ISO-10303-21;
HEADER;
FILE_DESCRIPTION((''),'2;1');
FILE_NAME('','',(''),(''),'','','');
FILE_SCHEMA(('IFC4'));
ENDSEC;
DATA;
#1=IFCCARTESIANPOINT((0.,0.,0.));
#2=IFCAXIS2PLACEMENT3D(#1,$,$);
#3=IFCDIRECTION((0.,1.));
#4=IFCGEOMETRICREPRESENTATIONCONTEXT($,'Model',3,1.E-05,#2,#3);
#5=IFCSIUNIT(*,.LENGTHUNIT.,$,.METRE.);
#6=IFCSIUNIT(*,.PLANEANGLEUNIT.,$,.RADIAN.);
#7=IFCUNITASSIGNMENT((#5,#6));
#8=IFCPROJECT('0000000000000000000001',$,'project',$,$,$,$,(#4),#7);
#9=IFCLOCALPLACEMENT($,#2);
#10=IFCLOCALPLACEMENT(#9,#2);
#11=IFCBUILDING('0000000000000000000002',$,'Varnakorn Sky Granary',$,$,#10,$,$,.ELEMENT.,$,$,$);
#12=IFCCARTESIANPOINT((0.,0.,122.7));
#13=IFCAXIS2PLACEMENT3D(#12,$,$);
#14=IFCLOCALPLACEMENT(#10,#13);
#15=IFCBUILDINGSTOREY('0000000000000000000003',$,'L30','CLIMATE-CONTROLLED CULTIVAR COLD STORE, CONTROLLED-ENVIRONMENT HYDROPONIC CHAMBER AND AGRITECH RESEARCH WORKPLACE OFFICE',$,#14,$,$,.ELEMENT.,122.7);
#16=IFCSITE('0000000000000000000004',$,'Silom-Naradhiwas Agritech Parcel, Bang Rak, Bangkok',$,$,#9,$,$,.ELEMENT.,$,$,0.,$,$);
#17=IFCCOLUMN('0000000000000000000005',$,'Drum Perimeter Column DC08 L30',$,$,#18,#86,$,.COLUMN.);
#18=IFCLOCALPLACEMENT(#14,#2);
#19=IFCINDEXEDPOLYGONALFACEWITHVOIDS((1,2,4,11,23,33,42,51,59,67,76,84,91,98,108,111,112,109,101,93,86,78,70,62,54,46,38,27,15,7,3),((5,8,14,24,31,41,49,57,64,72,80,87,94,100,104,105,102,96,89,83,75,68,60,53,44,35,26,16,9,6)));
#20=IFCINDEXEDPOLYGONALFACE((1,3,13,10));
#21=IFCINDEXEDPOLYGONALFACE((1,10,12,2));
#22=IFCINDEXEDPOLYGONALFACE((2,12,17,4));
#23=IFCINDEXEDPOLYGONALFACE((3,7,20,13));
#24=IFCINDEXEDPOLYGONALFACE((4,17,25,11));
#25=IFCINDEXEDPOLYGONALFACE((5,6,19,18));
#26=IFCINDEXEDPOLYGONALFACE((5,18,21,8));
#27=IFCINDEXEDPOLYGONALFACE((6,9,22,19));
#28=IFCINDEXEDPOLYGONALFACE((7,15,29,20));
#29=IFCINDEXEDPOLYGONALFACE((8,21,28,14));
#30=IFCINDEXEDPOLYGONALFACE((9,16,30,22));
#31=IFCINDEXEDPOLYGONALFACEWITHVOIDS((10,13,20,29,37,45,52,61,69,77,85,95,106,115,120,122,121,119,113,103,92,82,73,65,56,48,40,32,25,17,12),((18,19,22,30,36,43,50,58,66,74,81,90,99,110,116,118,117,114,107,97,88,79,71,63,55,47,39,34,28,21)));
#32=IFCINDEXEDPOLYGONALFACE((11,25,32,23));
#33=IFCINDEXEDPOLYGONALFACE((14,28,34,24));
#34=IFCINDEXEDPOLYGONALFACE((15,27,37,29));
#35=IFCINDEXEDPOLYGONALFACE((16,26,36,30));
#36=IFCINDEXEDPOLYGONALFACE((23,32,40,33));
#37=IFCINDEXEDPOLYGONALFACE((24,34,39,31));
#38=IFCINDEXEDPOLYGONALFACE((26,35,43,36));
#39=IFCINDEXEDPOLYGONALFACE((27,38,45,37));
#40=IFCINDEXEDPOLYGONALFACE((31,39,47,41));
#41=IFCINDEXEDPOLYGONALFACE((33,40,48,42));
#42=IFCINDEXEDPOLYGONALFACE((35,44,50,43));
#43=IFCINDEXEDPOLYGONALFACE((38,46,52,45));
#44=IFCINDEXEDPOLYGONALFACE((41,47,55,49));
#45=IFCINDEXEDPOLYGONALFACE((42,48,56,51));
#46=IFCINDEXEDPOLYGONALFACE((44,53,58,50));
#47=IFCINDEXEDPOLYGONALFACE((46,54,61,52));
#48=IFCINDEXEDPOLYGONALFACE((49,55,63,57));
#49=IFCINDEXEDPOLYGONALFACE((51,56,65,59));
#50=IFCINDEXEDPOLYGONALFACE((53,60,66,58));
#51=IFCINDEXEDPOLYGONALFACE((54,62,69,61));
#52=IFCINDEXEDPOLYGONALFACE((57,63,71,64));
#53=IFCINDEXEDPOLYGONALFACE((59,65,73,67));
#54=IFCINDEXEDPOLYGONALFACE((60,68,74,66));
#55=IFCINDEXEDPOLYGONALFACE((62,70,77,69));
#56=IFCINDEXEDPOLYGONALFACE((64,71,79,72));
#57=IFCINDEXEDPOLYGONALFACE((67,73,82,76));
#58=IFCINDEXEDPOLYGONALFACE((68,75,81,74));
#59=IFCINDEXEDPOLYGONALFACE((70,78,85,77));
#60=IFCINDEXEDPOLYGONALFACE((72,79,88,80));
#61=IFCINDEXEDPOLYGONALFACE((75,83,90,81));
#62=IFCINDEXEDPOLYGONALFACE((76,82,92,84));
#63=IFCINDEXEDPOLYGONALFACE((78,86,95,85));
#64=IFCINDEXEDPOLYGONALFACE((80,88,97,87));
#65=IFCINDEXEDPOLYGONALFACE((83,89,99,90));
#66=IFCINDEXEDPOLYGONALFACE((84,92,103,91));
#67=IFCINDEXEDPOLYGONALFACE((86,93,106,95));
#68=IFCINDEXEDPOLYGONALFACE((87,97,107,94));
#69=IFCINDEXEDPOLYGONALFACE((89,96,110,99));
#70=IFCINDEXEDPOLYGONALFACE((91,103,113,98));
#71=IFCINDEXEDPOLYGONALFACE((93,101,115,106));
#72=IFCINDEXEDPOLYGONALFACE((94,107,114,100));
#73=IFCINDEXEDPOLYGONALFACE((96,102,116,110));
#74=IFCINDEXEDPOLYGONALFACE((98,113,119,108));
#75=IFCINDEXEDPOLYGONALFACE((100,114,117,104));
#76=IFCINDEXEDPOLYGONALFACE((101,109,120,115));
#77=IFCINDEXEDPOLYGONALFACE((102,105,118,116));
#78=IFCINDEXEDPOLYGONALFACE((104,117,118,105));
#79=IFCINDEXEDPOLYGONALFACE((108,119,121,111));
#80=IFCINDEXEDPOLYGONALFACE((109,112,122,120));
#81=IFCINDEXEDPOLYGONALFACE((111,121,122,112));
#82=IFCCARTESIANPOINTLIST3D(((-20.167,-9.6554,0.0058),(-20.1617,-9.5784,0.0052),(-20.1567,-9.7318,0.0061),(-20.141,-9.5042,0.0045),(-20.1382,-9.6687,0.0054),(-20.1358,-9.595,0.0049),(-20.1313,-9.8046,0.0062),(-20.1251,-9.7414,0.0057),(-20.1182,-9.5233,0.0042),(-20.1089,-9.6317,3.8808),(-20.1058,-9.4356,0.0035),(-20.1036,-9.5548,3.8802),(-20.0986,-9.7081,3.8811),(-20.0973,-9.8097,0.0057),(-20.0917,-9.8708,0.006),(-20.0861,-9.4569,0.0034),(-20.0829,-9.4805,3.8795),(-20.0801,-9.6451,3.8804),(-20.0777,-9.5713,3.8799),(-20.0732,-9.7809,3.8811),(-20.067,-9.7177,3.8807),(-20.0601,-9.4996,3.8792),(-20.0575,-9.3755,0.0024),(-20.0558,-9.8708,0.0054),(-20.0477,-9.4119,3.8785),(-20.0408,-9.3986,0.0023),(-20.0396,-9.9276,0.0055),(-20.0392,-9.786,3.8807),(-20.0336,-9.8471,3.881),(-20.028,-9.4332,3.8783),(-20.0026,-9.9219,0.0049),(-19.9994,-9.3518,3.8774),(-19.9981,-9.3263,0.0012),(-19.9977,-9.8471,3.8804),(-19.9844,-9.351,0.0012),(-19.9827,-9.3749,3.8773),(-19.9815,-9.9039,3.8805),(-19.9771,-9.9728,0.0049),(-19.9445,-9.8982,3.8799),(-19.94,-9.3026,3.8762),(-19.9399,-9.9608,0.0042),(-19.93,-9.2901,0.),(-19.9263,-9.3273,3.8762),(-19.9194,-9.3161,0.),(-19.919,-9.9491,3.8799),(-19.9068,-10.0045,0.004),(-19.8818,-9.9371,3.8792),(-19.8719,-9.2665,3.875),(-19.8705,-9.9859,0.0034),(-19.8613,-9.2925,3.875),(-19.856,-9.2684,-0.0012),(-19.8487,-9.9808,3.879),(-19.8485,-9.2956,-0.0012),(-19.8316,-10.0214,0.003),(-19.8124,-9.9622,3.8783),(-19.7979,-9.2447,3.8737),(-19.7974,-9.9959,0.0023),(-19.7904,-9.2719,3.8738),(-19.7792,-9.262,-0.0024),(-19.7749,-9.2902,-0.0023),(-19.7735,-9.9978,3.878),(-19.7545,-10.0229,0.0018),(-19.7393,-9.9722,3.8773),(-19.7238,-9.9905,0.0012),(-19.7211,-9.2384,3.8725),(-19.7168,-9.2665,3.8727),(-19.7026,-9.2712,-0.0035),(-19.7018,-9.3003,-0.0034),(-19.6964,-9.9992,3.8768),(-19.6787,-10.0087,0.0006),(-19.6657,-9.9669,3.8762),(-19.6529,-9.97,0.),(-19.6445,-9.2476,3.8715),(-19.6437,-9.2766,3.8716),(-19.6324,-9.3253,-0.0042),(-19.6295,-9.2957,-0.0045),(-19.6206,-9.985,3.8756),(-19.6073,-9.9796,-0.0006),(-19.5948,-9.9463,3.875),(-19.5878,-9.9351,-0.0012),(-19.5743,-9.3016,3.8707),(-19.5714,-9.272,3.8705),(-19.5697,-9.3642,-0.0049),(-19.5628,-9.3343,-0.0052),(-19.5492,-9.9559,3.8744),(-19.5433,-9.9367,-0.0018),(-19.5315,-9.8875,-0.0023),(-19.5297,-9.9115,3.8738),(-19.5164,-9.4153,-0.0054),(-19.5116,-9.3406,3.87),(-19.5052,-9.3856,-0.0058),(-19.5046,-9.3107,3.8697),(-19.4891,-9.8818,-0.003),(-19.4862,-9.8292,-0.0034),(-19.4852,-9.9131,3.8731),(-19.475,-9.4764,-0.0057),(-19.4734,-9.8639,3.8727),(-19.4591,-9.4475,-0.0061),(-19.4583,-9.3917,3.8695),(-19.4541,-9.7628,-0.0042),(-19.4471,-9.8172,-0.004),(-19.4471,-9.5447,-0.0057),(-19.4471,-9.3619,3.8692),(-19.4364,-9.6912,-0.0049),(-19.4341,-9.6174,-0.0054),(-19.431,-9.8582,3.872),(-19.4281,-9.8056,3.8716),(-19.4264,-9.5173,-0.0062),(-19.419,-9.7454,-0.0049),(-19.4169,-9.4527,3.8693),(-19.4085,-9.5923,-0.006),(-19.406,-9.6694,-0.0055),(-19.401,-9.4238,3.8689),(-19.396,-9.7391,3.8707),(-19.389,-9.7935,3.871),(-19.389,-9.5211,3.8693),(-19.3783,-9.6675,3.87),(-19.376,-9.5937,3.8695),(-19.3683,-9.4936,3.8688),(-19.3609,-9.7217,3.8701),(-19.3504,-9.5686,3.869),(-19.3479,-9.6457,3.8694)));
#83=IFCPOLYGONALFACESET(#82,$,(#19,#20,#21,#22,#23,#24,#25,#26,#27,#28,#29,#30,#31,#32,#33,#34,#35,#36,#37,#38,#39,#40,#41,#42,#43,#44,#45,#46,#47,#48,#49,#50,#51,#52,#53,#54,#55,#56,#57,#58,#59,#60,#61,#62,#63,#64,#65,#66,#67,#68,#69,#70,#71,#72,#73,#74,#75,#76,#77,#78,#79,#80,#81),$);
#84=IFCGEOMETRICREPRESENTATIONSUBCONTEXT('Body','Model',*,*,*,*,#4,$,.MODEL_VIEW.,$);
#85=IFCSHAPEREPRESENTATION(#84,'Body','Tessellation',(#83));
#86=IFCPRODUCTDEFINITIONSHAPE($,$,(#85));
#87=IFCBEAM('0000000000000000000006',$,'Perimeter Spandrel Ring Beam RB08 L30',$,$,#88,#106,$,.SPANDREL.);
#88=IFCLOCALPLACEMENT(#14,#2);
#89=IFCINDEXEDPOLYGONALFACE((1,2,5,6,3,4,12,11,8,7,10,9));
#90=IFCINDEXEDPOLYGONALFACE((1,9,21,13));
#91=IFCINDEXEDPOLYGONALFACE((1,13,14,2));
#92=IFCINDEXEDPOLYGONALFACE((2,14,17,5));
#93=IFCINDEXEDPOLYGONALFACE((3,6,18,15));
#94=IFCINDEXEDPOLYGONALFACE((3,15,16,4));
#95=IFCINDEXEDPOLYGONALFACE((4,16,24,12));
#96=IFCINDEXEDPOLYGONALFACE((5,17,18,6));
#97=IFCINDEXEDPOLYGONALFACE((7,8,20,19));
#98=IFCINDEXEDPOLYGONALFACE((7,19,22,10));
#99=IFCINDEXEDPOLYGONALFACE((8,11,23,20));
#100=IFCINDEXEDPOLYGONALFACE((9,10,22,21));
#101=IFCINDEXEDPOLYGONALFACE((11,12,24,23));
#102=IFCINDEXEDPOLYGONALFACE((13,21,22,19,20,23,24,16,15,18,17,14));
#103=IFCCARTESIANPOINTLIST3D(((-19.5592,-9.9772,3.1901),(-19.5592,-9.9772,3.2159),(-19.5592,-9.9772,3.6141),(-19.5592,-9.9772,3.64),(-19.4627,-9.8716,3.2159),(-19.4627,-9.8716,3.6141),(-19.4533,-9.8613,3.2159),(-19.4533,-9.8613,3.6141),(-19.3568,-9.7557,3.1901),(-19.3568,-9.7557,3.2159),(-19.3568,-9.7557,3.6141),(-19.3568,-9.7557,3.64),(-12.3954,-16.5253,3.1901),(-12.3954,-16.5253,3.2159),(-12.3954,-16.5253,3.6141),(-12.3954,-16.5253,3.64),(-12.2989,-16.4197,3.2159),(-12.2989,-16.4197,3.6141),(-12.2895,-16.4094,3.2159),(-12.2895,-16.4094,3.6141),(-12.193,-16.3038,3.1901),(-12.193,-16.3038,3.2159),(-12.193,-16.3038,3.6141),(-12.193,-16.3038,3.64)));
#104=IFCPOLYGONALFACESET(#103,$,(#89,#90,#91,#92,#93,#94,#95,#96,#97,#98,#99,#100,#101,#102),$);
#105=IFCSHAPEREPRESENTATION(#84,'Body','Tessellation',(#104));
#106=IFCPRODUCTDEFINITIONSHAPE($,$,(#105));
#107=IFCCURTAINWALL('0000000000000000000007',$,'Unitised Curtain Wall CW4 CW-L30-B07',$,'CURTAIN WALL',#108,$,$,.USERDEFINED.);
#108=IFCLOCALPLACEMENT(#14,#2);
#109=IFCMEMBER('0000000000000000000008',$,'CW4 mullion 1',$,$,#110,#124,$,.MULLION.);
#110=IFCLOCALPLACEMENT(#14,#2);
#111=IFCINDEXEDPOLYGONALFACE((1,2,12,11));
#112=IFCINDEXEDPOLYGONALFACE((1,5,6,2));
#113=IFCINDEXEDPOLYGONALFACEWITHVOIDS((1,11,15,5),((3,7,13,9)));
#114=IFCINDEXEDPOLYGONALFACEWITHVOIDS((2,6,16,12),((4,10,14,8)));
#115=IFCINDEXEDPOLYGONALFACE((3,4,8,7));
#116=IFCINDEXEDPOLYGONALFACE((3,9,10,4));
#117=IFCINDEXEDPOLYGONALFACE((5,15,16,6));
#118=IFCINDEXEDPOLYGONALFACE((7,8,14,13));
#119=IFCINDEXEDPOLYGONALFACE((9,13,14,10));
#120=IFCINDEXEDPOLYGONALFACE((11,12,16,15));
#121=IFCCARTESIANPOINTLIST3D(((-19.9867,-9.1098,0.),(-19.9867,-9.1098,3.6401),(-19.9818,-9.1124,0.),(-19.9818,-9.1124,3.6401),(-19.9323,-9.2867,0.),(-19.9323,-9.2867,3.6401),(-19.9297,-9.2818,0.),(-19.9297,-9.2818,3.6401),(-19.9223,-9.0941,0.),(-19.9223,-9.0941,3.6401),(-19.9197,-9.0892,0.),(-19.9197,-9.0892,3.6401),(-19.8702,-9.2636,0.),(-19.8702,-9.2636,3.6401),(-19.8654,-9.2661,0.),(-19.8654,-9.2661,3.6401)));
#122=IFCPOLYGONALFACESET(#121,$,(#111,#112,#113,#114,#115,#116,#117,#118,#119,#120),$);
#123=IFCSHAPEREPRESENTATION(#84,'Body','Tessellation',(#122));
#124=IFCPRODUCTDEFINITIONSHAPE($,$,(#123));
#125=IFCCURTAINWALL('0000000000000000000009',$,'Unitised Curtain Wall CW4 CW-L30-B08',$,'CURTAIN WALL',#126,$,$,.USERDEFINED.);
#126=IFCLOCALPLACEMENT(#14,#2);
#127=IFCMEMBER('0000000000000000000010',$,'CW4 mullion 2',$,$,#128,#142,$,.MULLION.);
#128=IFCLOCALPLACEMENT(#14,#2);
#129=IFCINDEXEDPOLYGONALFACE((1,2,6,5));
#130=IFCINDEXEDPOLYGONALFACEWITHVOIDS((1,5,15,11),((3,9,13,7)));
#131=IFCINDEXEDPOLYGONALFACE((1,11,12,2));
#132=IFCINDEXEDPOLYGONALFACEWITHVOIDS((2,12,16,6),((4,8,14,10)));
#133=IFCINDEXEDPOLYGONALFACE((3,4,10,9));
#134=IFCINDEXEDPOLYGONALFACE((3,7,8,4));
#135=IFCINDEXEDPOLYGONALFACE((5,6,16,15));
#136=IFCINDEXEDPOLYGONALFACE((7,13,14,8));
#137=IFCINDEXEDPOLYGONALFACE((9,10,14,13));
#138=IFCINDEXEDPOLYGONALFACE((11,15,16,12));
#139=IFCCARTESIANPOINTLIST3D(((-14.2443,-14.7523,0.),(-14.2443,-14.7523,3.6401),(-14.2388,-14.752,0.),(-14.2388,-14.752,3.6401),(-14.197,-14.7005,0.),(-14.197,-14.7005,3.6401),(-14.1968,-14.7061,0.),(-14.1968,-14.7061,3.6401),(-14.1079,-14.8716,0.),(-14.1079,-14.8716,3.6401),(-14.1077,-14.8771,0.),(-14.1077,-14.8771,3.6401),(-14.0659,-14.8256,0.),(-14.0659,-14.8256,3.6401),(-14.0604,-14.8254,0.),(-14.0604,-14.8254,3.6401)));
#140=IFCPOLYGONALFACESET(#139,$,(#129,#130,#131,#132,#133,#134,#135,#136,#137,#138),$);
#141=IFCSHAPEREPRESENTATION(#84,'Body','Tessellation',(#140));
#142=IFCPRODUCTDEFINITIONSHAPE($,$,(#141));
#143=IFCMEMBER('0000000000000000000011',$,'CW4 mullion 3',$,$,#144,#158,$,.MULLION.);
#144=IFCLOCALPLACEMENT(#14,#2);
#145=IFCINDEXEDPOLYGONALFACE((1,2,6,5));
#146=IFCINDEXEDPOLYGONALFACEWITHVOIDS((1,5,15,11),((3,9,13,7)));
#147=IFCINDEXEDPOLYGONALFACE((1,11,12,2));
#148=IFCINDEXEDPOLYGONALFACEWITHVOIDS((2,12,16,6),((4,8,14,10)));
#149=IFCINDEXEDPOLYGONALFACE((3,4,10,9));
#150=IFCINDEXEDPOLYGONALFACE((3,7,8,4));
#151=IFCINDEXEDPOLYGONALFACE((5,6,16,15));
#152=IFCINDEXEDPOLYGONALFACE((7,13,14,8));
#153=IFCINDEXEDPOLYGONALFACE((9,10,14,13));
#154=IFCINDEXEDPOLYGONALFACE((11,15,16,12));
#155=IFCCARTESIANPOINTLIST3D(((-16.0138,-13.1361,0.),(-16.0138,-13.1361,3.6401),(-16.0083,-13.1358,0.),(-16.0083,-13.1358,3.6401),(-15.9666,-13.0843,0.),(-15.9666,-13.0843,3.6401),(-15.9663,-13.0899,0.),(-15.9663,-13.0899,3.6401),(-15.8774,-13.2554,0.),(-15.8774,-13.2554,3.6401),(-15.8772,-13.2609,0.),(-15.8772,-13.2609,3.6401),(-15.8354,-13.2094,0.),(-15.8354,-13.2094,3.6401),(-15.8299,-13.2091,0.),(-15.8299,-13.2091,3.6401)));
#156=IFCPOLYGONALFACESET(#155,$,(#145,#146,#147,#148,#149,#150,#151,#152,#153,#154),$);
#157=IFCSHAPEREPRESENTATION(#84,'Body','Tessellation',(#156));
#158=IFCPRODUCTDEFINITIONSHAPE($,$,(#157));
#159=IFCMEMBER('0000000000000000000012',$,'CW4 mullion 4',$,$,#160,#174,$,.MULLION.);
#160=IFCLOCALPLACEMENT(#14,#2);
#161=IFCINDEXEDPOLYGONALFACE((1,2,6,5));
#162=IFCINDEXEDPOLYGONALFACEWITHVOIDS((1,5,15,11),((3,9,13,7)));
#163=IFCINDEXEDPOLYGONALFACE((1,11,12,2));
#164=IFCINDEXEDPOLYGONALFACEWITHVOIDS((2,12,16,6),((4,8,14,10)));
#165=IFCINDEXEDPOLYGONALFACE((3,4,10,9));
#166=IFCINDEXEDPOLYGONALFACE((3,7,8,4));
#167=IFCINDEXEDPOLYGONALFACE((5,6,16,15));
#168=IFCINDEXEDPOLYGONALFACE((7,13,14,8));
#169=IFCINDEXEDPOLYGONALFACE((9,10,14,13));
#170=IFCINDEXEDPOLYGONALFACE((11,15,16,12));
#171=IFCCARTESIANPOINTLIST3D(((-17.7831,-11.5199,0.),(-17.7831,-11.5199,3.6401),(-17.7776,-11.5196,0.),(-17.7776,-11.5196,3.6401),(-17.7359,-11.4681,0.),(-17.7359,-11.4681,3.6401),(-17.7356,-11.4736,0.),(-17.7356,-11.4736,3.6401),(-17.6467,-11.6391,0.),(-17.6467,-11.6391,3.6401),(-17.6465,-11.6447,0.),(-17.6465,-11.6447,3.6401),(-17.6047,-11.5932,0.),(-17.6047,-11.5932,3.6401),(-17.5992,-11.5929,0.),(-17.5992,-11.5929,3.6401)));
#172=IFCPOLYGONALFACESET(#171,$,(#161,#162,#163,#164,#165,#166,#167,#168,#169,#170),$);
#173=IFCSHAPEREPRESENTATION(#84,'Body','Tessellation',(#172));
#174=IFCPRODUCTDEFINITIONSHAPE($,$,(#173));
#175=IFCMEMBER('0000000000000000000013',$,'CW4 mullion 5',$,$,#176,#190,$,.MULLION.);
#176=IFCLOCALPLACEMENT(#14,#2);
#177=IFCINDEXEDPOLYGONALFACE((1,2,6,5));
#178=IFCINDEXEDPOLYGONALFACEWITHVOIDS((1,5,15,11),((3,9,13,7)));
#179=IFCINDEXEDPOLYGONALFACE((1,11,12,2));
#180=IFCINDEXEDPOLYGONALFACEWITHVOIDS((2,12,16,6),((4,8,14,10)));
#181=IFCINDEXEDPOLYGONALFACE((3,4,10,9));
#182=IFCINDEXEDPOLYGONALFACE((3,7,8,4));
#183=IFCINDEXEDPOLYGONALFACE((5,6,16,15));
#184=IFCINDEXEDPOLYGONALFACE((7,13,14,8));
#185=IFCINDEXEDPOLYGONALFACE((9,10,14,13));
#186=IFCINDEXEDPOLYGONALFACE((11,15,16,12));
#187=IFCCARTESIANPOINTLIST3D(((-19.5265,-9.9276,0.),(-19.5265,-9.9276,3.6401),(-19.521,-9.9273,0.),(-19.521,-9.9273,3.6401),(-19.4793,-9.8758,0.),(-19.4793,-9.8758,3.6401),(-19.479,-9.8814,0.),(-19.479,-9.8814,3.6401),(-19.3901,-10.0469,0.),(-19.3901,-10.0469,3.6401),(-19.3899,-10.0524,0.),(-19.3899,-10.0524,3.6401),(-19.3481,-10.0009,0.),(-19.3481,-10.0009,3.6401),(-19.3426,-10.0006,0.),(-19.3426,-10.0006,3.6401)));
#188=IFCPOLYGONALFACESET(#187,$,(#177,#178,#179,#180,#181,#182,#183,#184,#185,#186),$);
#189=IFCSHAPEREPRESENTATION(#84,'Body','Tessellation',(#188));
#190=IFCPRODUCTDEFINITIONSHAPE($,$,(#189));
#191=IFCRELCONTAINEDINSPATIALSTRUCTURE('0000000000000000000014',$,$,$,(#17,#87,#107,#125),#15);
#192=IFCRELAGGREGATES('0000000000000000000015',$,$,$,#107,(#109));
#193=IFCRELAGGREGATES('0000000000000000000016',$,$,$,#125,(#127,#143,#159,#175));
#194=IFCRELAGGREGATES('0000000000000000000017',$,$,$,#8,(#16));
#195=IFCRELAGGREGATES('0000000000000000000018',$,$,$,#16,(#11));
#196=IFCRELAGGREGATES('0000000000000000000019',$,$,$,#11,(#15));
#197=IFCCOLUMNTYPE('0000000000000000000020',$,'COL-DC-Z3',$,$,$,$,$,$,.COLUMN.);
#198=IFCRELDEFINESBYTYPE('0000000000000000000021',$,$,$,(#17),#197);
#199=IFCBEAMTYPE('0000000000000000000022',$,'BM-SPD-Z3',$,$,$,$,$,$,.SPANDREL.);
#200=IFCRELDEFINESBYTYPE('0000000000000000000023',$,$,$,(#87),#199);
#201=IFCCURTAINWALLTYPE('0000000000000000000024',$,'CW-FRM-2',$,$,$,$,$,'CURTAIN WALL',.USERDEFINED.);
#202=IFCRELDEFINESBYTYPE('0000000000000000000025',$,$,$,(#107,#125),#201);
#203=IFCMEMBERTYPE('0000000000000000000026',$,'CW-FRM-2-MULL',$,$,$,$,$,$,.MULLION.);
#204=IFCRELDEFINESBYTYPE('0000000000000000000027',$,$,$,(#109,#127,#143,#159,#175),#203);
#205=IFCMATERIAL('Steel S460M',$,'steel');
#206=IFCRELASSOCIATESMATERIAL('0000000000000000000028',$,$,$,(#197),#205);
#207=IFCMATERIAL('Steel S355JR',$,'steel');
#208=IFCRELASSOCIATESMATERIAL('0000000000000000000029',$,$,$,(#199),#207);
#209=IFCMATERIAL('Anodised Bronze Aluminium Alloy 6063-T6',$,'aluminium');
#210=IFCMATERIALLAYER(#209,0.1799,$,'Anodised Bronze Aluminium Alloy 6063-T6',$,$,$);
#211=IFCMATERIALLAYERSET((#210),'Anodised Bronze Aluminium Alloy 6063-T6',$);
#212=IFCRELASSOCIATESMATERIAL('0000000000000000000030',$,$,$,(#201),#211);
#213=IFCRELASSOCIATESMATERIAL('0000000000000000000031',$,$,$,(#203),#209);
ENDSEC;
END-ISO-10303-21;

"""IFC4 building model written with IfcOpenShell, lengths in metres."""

from ifc_helpers import new_model, si_unit, direction, frame, origin, origin_2d, place, context, subcontext, project, spatial, hollow_rectangle, hollow_circle, i_section, extrude, material, layer, layer_set, material_profile, profile_set, type_object, element, aggregate, save


model = new_model("IFC4")

# Units and contexts
model_context = context("Model", 3, precision=1e-05, world=origin(), true_north=direction((0.0, 1.0)))
body_context = subcontext(model_context, "Body", "Model", "MODEL_VIEW")
ifc_project = project(units=[si_unit("LENGTHUNIT", "METRE"), si_unit("PLANEANGLEUNIT", "RADIAN")], contexts=[model_context])

# Site, building, storey
site_placement = place(None, origin())
site = spatial("IfcSite", under=ifc_project, at=site_placement, Name="Silom-Naradhiwas Agritech Parcel, Bang Rak, Bangkok", CompositionType="ELEMENT", RefElevation=0.0)
building_placement = place(site_placement, origin())
building = spatial("IfcBuilding", under=site, at=building_placement, Name="Varnakorn Sky Granary", CompositionType="ELEMENT")
storey_placement = place(building_placement, frame((0.0, 0.0, 122.7)))
storey = spatial("IfcBuildingStorey", under=building, at=storey_placement, Name="L30", Description="CLIMATE-CONTROLLED CULTIVAR COLD STORE, CONTROLLED-ENVIRONMENT HYDROPONIC CHAMBER AND AGRITECH RESEARCH WORKPLACE OFFICE", CompositionType="ELEMENT", Elevation=122.7)

# Column
ifc_material_1 = material(Name="Steel S460M", Category="steel")
ifc_material_profile_1 = material_profile(ifc_material_1, hollow_circle(Radius=0.3811, WallThickness=0.0281, at=origin_2d()), Name="CHS 762x28")
ifc_profile_set_1 = profile_set([ifc_material_profile_1], Name="Steel S460M")
column_type = type_object("IfcColumnType", Name="COL-DC-Z3", PredefinedType="COLUMN", material=ifc_profile_set_1)
column_placement = place(storey_placement, frame((-19.7861, -9.6431, 0.0), z_axis=(0.014993, 0.006111, 0.999869), x_axis=(-0.37742, 0.926042, 0.0)))
element("IfcColumn", 1, at=column_placement, inside=storey, type_object=column_type, Name="Drum Perimeter Column DC08 L30", PredefinedType="COLUMN", context=body_context, shape_type="SweptSolid", body=[
    extrude(hollow_circle(Radius=0.3811, WallThickness=0.0281, at=origin_2d()), origin(), (0.0, 0.0, 1.0), 3.8755),
])

# Beam
ifc_material_2 = material(Name="Steel S355JR", Category="steel")
ifc_material_profile_2 = material_profile(ifc_material_2, i_section(OverallWidth=0.3, OverallDepth=0.45, WebThickness=0.0139, FlangeThickness=0.0259, at=origin_2d()), Name="HE 450 B")
ifc_profile_set_2 = profile_set([ifc_material_profile_2], Name="Steel S355JR")
beam_type = type_object("IfcBeamType", Name="BM-SPD-Z3", PredefinedType="SPANDREL", material=ifc_profile_set_2)
beam_placement = place(storey_placement, frame((-19.458, -9.8665, 3.415), z_axis=(0.738115, -0.674675, 0.0), x_axis=(0.674675, 0.738115, 0.0)))
element("IfcBeam", 2, at=beam_placement, inside=storey, type_object=beam_type, Name="Perimeter Spandrel Ring Beam RB08 L30", PredefinedType="SPANDREL", context=body_context, shape_type="SweptSolid", body=[
    extrude(i_section(OverallWidth=0.3, OverallDepth=0.45, WebThickness=0.0139, FlangeThickness=0.0259, at=origin_2d()), origin(), (0.0, 0.0, 1.0), 9.7056),
])

# Curtain wall, member
ifc_material_3 = material(Name="Anodised Bronze Aluminium Alloy 6063-T6", Category="aluminium")
ifc_layer_1 = layer(ifc_material_3, 0.1799, Name="Anodised Bronze Aluminium Alloy 6063-T6")
ifc_layer_set_1 = layer_set([ifc_layer_1], Name="Anodised Bronze Aluminium Alloy 6063-T6")
curtain_wall_type = type_object("IfcCurtainWallType", Name="CW-FRM-2", ElementType="CURTAIN WALL", PredefinedType="USERDEFINED", material=ifc_layer_set_1)
curtain_wall_1_placement = place(storey_placement, origin())
curtain_wall_1 = element("IfcCurtainWall", 3, at=curtain_wall_1_placement, inside=storey, type_object=curtain_wall_type, Name="Unitised Curtain Wall CW4 CW-L30-B07", ObjectType="CURTAIN WALL", PredefinedType="USERDEFINED")
ifc_material_profile_3 = material_profile(ifc_material_3, hollow_rectangle(XDim=0.0701, YDim=0.1851, WallThickness=0.0039, at=origin_2d()), Name="ALU MULL 70x185")
ifc_profile_set_3 = profile_set([ifc_material_profile_3], Name="Anodised Bronze Aluminium Alloy 6063-T6")
member_type_1 = type_object("IfcMemberType", Name="CW-FRM-2-MULL", PredefinedType="MULLION", material=ifc_profile_set_3)
member_1_placement = place(storey_placement, frame((-19.926, -9.188, 0.0), z_axis=(0.0, 0.0, 1.0), x_axis=(-0.95587, -0.293789, 0.0)))
member_1 = element("IfcMember", 4, at=member_1_placement, type_object=member_type_1, Name="CW4 mullion 1", PredefinedType="MULLION", context=body_context, shape_type="SweptSolid", body=[
    extrude(hollow_rectangle(XDim=0.0701, YDim=0.1851, WallThickness=0.0039, at=origin_2d()), origin(), (0.0, 0.0, 1.0), 3.6401),
])

# Curtain wall, members
curtain_wall_2_placement = place(storey_placement, origin())
curtain_wall_2 = element("IfcCurtainWall", 5, at=curtain_wall_2_placement, inside=storey, type_object=curtain_wall_type, Name="Unitised Curtain Wall CW4 CW-L30-B08", ObjectType="CURTAIN WALL", PredefinedType="USERDEFINED")
member_2_placement = place(storey_placement, frame((-14.1523, -14.7888, 0.0), z_axis=(0.0, 0.0, 1.0), x_axis=(-0.674407, -0.738359, 0.0)))
member_2 = element("IfcMember", 6, at=member_2_placement, type_object=member_type_1, Name="CW4 mullion 2", PredefinedType="MULLION", context=body_context, shape_type="SweptSolid", body=[
    extrude(hollow_rectangle(XDim=0.0701, YDim=0.1851, WallThickness=0.0039, at=origin_2d()), origin(), (0.0, 0.0, 1.0), 3.6401),
])
member_3_placement = place(storey_placement, frame((-15.9219, -13.1726, 0.0), z_axis=(0.0, 0.0, 1.0), x_axis=(-0.674407, -0.738359, 0.0)))
member_3 = element("IfcMember", 7, at=member_3_placement, type_object=member_type_1, Name="CW4 mullion 3", PredefinedType="MULLION", context=body_context, shape_type="SweptSolid", body=[
    extrude(hollow_rectangle(XDim=0.0701, YDim=0.1851, WallThickness=0.0039, at=origin_2d()), origin(), (0.0, 0.0, 1.0), 3.6401),
])
member_4_placement = place(storey_placement, frame((-17.6912, -11.5564, 0.0), z_axis=(0.0, 0.0, 1.0), x_axis=(-0.674407, -0.738359, 0.0)))
member_4 = element("IfcMember", 8, at=member_4_placement, type_object=member_type_1, Name="CW4 mullion 4", PredefinedType="MULLION", context=body_context, shape_type="SweptSolid", body=[
    extrude(hollow_rectangle(XDim=0.0701, YDim=0.1851, WallThickness=0.0039, at=origin_2d()), origin(), (0.0, 0.0, 1.0), 3.6401),
])
member_5_placement = place(storey_placement, frame((-19.4346, -9.9641, 0.0), z_axis=(0.0, 0.0, 1.0), x_axis=(-0.674407, -0.738359, 0.0)))
member_5 = element("IfcMember", 9, at=member_5_placement, type_object=member_type_1, Name="CW4 mullion 5", PredefinedType="MULLION", context=body_context, shape_type="SweptSolid", body=[
    extrude(hollow_rectangle(XDim=0.0701, YDim=0.1851, WallThickness=0.0039, at=origin_2d()), origin(), (0.0, 0.0, 1.0), 3.6401),
])

aggregate(curtain_wall_1, [member_1])

aggregate(curtain_wall_2, [member_2, member_3, member_4, member_5])

save(model, "model.ifc")
